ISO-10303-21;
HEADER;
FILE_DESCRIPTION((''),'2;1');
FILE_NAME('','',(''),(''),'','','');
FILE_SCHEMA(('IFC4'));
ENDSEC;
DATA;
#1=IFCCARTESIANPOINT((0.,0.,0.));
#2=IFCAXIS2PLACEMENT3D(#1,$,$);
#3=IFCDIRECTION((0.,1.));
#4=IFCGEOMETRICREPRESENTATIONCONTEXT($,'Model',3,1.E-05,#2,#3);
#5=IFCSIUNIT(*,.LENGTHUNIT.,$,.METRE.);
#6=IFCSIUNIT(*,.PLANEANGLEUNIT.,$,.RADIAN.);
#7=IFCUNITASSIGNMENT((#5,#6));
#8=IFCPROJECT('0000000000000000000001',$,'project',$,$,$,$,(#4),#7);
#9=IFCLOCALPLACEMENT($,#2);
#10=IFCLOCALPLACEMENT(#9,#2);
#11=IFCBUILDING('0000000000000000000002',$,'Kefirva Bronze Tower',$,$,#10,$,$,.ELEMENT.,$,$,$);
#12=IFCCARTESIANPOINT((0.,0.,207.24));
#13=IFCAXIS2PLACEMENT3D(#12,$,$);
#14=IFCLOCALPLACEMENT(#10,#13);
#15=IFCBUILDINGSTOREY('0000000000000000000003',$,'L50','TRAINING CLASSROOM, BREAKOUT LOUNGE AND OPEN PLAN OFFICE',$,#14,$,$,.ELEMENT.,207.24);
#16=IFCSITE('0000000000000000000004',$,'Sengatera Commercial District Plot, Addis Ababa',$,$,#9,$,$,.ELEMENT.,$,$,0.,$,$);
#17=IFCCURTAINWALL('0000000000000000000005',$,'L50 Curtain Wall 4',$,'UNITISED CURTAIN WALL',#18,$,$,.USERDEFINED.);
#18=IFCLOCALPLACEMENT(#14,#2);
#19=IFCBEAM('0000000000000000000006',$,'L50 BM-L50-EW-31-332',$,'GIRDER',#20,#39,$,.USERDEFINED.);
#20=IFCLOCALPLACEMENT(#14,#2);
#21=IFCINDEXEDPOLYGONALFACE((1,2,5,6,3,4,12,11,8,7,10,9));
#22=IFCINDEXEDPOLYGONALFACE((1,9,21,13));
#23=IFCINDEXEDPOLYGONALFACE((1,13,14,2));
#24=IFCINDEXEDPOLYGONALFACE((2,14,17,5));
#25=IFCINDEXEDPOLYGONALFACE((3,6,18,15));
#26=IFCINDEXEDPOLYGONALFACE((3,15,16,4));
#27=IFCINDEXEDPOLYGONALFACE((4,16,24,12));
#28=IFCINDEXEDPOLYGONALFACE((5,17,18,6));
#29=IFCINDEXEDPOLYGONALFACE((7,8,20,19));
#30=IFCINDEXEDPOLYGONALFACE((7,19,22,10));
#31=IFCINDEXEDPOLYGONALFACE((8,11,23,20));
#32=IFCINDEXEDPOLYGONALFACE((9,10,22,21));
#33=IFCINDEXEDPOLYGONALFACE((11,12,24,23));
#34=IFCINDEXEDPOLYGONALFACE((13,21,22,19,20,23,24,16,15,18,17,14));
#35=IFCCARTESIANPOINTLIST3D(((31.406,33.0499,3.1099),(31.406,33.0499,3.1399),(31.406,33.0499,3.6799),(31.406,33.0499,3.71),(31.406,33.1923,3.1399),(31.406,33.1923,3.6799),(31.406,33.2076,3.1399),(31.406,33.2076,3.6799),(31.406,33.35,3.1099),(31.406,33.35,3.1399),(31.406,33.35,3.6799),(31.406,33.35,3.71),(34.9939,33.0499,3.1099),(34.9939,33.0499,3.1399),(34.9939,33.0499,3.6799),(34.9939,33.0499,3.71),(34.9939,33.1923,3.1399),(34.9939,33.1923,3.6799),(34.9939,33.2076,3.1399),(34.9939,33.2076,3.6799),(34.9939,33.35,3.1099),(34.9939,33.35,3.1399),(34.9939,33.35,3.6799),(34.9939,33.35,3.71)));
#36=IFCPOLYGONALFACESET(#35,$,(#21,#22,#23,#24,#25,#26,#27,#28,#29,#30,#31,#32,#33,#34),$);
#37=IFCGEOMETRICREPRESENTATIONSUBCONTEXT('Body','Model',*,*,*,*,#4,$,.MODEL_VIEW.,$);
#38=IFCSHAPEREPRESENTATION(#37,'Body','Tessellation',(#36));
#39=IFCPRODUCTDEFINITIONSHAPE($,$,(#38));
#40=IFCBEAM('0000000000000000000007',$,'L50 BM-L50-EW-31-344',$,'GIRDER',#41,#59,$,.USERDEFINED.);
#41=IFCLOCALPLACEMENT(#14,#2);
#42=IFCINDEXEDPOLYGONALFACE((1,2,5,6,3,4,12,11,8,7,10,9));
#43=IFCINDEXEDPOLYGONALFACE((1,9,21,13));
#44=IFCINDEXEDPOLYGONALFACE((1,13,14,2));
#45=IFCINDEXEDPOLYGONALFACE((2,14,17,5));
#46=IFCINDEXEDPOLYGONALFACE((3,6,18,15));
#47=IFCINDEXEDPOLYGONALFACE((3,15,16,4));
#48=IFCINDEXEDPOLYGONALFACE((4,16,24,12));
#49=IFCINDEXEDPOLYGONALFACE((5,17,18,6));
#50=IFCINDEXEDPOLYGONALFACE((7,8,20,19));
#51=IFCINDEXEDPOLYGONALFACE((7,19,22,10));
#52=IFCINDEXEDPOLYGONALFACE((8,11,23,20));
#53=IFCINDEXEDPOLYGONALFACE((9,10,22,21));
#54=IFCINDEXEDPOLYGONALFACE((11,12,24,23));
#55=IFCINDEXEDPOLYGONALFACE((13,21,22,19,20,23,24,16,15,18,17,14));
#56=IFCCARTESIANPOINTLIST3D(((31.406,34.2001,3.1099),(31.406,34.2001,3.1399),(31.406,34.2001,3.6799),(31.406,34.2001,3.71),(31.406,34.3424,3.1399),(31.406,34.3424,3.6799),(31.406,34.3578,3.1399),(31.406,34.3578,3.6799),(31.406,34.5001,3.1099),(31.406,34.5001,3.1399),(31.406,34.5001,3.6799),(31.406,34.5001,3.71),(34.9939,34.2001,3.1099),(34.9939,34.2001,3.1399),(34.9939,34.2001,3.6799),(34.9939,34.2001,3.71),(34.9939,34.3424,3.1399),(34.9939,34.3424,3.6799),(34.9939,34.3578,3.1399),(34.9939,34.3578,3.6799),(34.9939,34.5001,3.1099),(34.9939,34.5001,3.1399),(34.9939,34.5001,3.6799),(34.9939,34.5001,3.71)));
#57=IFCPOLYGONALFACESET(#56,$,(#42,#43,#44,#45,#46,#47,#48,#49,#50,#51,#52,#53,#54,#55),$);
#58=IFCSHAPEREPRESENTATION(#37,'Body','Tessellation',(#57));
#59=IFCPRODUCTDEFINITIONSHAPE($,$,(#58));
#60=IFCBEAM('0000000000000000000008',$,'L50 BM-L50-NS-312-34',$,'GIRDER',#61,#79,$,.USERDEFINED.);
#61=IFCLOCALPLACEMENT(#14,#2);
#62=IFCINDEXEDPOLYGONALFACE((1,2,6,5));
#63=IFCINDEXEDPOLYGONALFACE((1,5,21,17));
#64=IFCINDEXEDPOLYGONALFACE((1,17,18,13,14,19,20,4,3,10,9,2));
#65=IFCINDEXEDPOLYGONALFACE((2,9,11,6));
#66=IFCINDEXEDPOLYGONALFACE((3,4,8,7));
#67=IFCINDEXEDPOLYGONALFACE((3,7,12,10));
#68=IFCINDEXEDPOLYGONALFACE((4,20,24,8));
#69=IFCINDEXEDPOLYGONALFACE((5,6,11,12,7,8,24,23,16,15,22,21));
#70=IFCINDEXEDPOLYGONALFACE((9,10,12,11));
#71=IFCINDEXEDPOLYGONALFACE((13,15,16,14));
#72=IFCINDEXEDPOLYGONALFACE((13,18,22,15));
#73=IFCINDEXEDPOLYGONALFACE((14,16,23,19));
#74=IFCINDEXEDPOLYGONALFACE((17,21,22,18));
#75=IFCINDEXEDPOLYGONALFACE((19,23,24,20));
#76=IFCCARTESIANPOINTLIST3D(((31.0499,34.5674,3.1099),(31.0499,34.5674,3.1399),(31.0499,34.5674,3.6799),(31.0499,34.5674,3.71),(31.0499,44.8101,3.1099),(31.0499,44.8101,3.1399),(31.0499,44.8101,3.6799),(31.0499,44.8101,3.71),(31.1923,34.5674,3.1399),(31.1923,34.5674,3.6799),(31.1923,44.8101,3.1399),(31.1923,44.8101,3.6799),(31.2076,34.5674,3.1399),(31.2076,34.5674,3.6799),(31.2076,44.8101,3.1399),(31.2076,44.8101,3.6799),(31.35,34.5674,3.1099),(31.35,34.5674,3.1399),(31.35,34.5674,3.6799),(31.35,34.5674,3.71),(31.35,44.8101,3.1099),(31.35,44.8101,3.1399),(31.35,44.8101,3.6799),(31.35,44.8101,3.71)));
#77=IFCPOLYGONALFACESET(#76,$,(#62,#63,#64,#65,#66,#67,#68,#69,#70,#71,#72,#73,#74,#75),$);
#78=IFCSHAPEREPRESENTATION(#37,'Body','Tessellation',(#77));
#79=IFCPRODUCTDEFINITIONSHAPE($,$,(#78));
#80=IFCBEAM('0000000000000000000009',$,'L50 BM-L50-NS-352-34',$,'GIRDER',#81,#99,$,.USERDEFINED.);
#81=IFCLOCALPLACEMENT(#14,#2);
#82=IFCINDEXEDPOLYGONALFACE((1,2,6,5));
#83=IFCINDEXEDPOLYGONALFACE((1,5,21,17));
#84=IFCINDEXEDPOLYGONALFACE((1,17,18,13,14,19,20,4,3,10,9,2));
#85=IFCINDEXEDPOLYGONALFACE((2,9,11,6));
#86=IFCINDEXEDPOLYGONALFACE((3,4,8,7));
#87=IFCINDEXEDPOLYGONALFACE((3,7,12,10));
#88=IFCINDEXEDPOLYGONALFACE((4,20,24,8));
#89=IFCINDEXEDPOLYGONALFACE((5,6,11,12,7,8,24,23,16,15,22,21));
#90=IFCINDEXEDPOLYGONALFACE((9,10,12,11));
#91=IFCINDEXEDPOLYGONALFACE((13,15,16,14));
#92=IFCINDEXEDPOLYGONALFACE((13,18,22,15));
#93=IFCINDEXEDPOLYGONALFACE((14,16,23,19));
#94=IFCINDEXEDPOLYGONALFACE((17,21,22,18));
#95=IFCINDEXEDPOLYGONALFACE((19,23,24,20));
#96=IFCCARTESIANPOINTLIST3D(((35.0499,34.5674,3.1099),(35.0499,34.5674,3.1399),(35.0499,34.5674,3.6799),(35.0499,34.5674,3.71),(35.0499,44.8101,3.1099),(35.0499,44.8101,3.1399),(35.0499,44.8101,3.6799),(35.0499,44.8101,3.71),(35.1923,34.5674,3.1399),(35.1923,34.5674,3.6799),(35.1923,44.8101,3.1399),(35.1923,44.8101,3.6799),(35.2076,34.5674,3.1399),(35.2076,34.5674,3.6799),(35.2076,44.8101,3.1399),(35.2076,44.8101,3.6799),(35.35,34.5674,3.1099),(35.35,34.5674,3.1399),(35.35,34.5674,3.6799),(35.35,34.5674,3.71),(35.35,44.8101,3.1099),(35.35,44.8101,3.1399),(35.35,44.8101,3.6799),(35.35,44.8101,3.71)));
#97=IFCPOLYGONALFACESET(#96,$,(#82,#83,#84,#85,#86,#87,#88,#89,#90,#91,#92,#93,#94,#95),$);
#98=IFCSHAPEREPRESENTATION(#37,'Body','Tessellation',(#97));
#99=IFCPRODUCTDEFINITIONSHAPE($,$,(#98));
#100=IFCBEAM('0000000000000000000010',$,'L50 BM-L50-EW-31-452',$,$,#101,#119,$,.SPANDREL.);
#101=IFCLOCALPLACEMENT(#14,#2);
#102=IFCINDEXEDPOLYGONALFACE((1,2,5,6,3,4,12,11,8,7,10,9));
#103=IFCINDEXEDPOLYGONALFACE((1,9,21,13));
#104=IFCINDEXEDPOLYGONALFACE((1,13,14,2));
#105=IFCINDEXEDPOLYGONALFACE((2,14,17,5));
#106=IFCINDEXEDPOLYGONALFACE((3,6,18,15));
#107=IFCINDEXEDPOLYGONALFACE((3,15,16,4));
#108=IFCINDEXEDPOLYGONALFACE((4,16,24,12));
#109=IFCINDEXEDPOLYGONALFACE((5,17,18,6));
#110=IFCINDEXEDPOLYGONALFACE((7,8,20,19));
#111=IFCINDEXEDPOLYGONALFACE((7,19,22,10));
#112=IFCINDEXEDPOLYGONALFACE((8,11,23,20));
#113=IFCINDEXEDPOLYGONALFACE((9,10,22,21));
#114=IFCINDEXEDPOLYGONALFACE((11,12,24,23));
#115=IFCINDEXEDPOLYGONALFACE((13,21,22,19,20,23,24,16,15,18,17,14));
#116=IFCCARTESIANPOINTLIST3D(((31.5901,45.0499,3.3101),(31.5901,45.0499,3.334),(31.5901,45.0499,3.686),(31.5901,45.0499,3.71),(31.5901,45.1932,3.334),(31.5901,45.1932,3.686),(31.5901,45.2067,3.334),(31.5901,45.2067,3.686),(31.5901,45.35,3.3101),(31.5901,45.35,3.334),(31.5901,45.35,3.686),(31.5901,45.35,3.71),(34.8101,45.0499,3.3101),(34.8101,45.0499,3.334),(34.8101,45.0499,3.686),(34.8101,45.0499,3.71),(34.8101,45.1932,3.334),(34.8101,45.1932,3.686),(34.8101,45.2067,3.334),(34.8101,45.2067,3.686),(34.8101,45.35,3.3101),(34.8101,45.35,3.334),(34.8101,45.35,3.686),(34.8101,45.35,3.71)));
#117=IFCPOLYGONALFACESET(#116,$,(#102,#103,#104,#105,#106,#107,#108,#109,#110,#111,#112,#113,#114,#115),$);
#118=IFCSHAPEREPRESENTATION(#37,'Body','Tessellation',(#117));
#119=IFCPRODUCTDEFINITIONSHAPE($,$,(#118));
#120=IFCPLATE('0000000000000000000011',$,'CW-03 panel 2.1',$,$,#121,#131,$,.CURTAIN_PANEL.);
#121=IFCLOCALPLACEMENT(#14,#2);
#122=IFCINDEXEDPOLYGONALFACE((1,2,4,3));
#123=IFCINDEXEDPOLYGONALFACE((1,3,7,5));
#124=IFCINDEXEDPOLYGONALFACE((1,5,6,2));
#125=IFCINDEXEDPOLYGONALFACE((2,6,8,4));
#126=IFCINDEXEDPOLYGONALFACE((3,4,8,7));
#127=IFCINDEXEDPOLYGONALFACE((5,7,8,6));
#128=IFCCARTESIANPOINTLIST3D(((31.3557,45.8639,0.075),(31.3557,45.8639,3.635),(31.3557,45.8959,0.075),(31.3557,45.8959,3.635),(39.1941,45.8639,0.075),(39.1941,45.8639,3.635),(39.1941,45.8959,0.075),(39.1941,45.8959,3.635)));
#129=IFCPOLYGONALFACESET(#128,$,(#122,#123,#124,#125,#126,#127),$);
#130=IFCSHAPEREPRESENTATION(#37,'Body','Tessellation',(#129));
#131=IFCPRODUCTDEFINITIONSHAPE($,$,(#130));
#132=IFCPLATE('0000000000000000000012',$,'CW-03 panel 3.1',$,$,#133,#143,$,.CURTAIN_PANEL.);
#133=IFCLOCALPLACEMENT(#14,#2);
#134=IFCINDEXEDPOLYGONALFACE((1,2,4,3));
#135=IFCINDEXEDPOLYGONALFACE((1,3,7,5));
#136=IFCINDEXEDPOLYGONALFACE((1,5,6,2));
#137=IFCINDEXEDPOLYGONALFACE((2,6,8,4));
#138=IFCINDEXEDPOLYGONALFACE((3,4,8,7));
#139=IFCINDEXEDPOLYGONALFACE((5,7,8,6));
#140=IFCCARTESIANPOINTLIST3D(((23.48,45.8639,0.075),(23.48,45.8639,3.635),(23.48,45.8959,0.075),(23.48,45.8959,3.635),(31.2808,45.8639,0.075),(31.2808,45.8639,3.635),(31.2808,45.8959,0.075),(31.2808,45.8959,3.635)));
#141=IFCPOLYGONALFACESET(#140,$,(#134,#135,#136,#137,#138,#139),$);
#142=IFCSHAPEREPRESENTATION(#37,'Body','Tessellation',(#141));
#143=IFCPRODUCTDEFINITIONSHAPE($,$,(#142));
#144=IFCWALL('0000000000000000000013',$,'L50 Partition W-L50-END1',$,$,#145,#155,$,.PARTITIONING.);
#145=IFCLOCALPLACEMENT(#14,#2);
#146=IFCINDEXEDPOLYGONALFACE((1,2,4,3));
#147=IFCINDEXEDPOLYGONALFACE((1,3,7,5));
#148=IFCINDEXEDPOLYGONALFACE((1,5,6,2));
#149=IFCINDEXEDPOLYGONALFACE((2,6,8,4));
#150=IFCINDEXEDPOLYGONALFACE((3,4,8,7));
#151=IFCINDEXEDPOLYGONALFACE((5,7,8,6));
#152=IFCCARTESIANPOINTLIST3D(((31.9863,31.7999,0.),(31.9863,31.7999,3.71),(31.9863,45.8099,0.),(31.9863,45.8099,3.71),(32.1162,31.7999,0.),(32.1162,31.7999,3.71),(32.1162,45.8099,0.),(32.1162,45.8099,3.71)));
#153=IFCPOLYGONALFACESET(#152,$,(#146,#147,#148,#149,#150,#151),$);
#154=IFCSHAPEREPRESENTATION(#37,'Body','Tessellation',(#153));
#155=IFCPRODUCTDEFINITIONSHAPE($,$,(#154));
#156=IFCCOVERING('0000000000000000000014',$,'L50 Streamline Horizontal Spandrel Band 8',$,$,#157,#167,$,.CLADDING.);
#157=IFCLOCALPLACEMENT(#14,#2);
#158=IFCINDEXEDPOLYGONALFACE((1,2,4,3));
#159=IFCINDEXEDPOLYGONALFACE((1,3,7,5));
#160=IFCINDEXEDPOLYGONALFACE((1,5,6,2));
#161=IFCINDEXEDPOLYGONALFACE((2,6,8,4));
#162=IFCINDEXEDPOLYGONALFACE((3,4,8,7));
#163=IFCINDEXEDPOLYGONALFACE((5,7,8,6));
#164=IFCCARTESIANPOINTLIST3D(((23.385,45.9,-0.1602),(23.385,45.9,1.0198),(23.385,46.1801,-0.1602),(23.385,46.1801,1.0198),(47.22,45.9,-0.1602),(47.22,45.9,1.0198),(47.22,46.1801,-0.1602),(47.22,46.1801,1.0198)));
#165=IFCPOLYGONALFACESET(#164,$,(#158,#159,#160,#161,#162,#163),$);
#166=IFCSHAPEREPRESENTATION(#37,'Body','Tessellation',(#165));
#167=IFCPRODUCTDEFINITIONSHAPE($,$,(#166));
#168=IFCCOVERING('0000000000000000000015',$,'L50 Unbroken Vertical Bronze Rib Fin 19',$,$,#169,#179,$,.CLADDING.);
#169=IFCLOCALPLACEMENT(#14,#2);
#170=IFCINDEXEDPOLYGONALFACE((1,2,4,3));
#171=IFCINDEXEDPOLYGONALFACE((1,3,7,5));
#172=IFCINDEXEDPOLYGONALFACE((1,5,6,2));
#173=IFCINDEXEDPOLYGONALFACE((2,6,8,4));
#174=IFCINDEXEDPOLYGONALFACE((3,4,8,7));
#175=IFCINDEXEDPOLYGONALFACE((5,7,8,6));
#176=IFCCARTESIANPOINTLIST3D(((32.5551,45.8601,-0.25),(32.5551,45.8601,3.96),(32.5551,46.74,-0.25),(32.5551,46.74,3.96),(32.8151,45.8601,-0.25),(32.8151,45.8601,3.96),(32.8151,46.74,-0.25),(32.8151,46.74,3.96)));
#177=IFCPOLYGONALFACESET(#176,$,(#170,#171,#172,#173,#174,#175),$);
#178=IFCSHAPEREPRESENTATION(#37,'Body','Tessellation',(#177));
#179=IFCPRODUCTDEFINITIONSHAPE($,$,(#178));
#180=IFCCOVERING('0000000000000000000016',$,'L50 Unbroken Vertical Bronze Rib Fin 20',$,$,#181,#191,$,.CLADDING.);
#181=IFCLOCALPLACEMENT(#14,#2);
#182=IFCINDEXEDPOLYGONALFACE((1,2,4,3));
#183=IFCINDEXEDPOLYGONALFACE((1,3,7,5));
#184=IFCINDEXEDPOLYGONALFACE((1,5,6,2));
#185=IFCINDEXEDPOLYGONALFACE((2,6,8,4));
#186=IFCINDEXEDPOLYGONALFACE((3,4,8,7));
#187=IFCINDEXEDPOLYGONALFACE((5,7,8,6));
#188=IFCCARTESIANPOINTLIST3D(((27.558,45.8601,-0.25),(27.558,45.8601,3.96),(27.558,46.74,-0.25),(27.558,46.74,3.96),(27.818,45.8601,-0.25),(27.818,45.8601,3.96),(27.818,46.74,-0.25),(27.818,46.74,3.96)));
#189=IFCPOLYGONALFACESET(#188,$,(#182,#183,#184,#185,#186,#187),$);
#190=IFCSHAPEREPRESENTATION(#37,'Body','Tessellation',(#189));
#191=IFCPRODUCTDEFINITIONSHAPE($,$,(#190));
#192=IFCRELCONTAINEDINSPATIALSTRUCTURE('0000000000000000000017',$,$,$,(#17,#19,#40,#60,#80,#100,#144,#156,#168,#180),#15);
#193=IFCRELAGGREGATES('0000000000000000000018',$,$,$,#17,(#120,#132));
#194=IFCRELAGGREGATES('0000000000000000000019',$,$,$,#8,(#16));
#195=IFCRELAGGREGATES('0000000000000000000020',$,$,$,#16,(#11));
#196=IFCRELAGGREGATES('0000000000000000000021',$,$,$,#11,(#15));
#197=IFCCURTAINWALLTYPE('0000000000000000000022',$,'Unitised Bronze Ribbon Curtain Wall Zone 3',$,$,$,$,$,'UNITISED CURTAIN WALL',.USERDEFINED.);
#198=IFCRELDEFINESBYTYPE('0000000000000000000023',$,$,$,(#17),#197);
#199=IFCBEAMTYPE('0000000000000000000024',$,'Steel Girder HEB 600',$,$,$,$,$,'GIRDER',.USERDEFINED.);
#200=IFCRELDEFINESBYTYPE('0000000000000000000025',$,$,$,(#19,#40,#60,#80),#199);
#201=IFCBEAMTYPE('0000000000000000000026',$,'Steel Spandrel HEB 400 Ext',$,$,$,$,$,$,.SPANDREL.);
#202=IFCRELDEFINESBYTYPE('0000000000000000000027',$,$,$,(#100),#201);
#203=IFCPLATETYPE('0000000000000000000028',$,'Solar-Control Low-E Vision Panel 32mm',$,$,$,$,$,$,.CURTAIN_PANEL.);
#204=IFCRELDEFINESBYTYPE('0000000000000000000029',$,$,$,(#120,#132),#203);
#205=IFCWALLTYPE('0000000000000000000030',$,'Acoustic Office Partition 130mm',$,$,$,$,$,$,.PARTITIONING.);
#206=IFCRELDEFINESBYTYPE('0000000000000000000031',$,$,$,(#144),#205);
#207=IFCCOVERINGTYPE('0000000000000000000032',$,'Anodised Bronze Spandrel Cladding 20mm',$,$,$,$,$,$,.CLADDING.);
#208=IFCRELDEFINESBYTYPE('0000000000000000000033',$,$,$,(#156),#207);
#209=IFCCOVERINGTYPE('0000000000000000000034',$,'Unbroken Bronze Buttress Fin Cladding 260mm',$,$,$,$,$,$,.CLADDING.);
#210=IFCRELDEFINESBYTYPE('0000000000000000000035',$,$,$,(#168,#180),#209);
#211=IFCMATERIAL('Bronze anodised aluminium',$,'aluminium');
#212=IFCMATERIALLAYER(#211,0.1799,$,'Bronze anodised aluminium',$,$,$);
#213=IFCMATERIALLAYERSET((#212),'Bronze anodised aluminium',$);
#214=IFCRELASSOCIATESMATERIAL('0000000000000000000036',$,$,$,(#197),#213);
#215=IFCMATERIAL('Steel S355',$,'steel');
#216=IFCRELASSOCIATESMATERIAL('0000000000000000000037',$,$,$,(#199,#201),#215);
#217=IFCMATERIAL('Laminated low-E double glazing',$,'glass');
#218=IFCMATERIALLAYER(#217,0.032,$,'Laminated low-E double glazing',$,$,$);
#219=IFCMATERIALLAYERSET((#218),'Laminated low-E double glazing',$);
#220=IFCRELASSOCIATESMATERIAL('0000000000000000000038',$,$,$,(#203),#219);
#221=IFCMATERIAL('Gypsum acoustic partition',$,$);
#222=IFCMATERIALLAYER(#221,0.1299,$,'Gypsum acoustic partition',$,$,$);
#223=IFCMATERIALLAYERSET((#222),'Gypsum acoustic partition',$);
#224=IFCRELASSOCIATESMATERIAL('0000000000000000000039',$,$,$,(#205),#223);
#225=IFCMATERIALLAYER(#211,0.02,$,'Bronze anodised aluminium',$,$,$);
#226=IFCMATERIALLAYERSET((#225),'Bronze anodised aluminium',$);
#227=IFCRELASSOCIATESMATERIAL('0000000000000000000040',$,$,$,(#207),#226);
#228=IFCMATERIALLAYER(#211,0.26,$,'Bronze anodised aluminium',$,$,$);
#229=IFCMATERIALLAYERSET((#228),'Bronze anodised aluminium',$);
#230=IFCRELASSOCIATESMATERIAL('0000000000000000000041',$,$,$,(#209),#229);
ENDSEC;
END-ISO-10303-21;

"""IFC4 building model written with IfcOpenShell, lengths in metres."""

from ifc_helpers import new_model, si_unit, direction, frame, frame_2d, origin, origin_2d, place, context, subcontext, project, spatial, rectangle, i_section, extrude, material, layer, layer_set, material_profile, profile_set, type_object, element, aggregate, save


model = new_model("IFC4")

# Units and contexts
model_context = context("Model", 3, precision=1e-05, world=origin(), true_north=direction((0.0, 1.0)))
body_context = subcontext(model_context, "Body", "Model", "MODEL_VIEW")
ifc_project = project(units=[si_unit("LENGTHUNIT", "METRE"), si_unit("PLANEANGLEUNIT", "RADIAN")], contexts=[model_context])

# Site, building, storey
site_placement = place(None, origin())
site = spatial("IfcSite", under=ifc_project, at=site_placement, Name="Sengatera Commercial District Plot, Addis Ababa", CompositionType="ELEMENT", RefElevation=0.0)
building_placement = place(site_placement, origin())
building = spatial("IfcBuilding", under=site, at=building_placement, Name="Kefirva Bronze Tower", CompositionType="ELEMENT")
storey_placement = place(building_placement, frame((0.0, 0.0, 207.24)))
storey = spatial("IfcBuildingStorey", under=building, at=storey_placement, Name="L50", Description="TRAINING CLASSROOM, BREAKOUT LOUNGE AND OPEN PLAN OFFICE", CompositionType="ELEMENT", Elevation=207.24)

# Curtain wall
ifc_material_1 = material(Name="Bronze anodised aluminium", Category="aluminium")
ifc_layer_1 = layer(ifc_material_1, 0.1799, Name="Bronze anodised aluminium")
ifc_layer_set_1 = layer_set([ifc_layer_1], Name="Bronze anodised aluminium")
curtain_wall_type = type_object("IfcCurtainWallType", Name="Unitised Bronze Ribbon Curtain Wall Zone 3", ElementType="UNITISED CURTAIN WALL", PredefinedType="USERDEFINED", material=ifc_layer_set_1)
curtain_wall_placement = place(storey_placement, origin())
curtain_wall = element("IfcCurtainWall", 1, at=curtain_wall_placement, inside=storey, type_object=curtain_wall_type, Name="L50 Curtain Wall 4", ObjectType="UNITISED CURTAIN WALL", PredefinedType="USERDEFINED")

# Beams
ifc_material_2 = material(Name="Steel S355", Category="steel")
ifc_material_profile_1 = material_profile(ifc_material_2, i_section(OverallWidth=0.3, OverallDepth=0.6001, WebThickness=0.0154, FlangeThickness=0.03, at=origin_2d()), Name="HEB 600")
ifc_profile_set_1 = profile_set([ifc_material_profile_1], Name="Steel S355")
beam_type_1 = type_object("IfcBeamType", Name="Steel Girder HEB 600", ElementType="GIRDER", PredefinedType="USERDEFINED", material=ifc_profile_set_1)
for number, where, z_axis, x_axis, name in (
    (2, (31.406, 33.2, 3.4099), (1.0, 0.0, 0.0), (0.0, 1.0, 0.0), "L50 BM-L50-EW-31-332"),
    (3, (31.406, 34.3501, 3.4099), (1.0, 0.0, 0.0), (0.0, 1.0, 0.0), "L50 BM-L50-EW-31-344"),
):
    element("IfcBeam", number, at=place(storey_placement, frame(where, z_axis=z_axis, x_axis=x_axis)), inside=storey, type_object=beam_type_1, Name=name, ObjectType="GIRDER", PredefinedType="USERDEFINED", context=body_context, shape_type="SweptSolid", body=[
        extrude(i_section(OverallWidth=0.3, OverallDepth=0.6001, WebThickness=0.0154, FlangeThickness=0.03, at=origin_2d()), origin(), (0.0, 0.0, 1.0), 3.5879),
    ])
for number, where, z_axis, x_axis, name in (
    (4, (31.2, 34.5674, 3.4099), (0.0, 1.0, 0.0), (-1.0, 0.0, 0.0), "L50 BM-L50-NS-312-34"),
    (5, (35.2, 34.5674, 3.4099), (0.0, 1.0, 0.0), (-1.0, 0.0, 0.0), "L50 BM-L50-NS-352-34"),
):
    element("IfcBeam", number, at=place(storey_placement, frame(where, z_axis=z_axis, x_axis=x_axis)), inside=storey, type_object=beam_type_1, Name=name, ObjectType="GIRDER", PredefinedType="USERDEFINED", context=body_context, shape_type="SweptSolid", body=[
        extrude(i_section(OverallWidth=0.3, OverallDepth=0.6001, WebThickness=0.0154, FlangeThickness=0.03, at=origin_2d()), origin(), (0.0, 0.0, 1.0), 10.2427),
    ])
ifc_material_profile_2 = material_profile(ifc_material_2, i_section(OverallWidth=0.3, OverallDepth=0.3999, WebThickness=0.0134, FlangeThickness=0.0239, at=origin_2d()), Name="HEB 400")
ifc_profile_set_2 = profile_set([ifc_material_profile_2], Name="Steel S355")
beam_type_2 = type_object("IfcBeamType", Name="Steel Spandrel HEB 400 Ext", PredefinedType="SPANDREL", material=ifc_profile_set_2)
beam_placement = place(storey_placement, frame((31.5901, 45.2, 3.51), z_axis=(1.0, 0.0, 0.0), x_axis=(0.0, 1.0, 0.0)))
element("IfcBeam", 6, at=beam_placement, inside=storey, type_object=beam_type_2, Name="L50 BM-L50-EW-31-452", PredefinedType="SPANDREL", context=body_context, shape_type="SweptSolid", body=[
    extrude(i_section(OverallWidth=0.3, OverallDepth=0.3999, WebThickness=0.0134, FlangeThickness=0.0239, at=origin_2d()), origin(), (0.0, 0.0, 1.0), 3.22),
])

# Plates
ifc_material_3 = material(Name="Laminated low-E double glazing", Category="glass")
ifc_layer_2 = layer(ifc_material_3, 0.032, Name="Laminated low-E double glazing")
ifc_layer_set_2 = layer_set([ifc_layer_2], Name="Laminated low-E double glazing")
plate_type = type_object("IfcPlateType", Name="Solar-Control Low-E Vision Panel 32mm", PredefinedType="CURTAIN_PANEL", material=ifc_layer_set_2)
plate_1_placement = place(storey_placement, frame((35.2749, 45.8799, 0.075), z_axis=(0.0, 0.0, 1.0), x_axis=(-1.0, 0.0, 0.0)))
plate_1 = element("IfcPlate", 7, at=plate_1_placement, type_object=plate_type, Name="CW-03 panel 2.1", PredefinedType="CURTAIN_PANEL", context=body_context, shape_type="SweptSolid", body=[
    extrude(rectangle(XDim=7.8384, YDim=0.032, at=origin_2d()), origin(), (0.0, 0.0, 1.0), 3.5601),
])
plate_2_placement = place(storey_placement, frame((27.3804, 45.8799, 0.075), z_axis=(0.0, 0.0, 1.0), x_axis=(-1.0, 0.0, 0.0)))
plate_2 = element("IfcPlate", 8, at=plate_2_placement, type_object=plate_type, Name="CW-03 panel 3.1", PredefinedType="CURTAIN_PANEL", context=body_context, shape_type="SweptSolid", body=[
    extrude(rectangle(XDim=7.8008, YDim=0.032, at=origin_2d()), origin(), (0.0, 0.0, 1.0), 3.5601),
])
aggregate(curtain_wall, [plate_1, plate_2])

# Wall
ifc_material_4 = material(Name="Gypsum acoustic partition")
ifc_layer_3 = layer(ifc_material_4, 0.1299, Name="Gypsum acoustic partition")
ifc_layer_set_3 = layer_set([ifc_layer_3], Name="Gypsum acoustic partition")
wall_type = type_object("IfcWallType", Name="Acoustic Office Partition 130mm", PredefinedType="PARTITIONING", material=ifc_layer_set_3)
wall_placement = place(storey_placement, frame((32.0513, 31.8, 0.0), z_axis=(0.0, 0.0, 1.0), x_axis=(0.0, 1.0, 0.0)))
element("IfcWall", 9, at=wall_placement, inside=storey, type_object=wall_type, Name="L50 Partition W-L50-END1", PredefinedType="PARTITIONING", context=body_context, shape_type="SweptSolid", body=[
    extrude(rectangle(XDim=14.01, YDim=0.1299, at=frame_2d((7.0049, 0.0))), origin(), (0.0, 0.0, 1.0), 3.71),
])

# Coverings
ifc_layer_4 = layer(ifc_material_1, 0.02, Name="Bronze anodised aluminium")
ifc_layer_set_4 = layer_set([ifc_layer_4], Name="Bronze anodised aluminium")
covering_type_1 = type_object("IfcCoveringType", Name="Anodised Bronze Spandrel Cladding 20mm", PredefinedType="CLADDING", material=ifc_layer_set_4)
covering_placement = place(storey_placement, frame((35.3025, 46.04, -0.1602), z_axis=(0.0, 0.0, 1.0), x_axis=(-1.0, 0.0, 0.0)))
element("IfcCovering", 10, at=covering_placement, inside=storey, type_object=covering_type_1, Name="L50 Streamline Horizontal Spandrel Band 8", PredefinedType="CLADDING", context=body_context, shape_type="SweptSolid", body=[
    extrude(rectangle(XDim=23.835, YDim=0.28, at=origin_2d()), origin(), (0.0, 0.0, 1.0), 1.1799),
])
ifc_layer_5 = layer(ifc_material_1, 0.26, Name="Bronze anodised aluminium")
ifc_layer_set_5 = layer_set([ifc_layer_5], Name="Bronze anodised aluminium")
covering_type_2 = type_object("IfcCoveringType", Name="Unbroken Bronze Buttress Fin Cladding 260mm", PredefinedType="CLADDING", material=ifc_layer_set_5)
for number, where, z_axis, x_axis, name in (
    (11, (32.6851, 46.3, -0.25), (0.0, 0.0, 1.0), (-1.0, 0.0, 0.0), "L50 Unbroken Vertical Bronze Rib Fin 19"),
    (12, (27.688, 46.3, -0.25), (0.0, 0.0, 1.0), (-1.0, 0.0, 0.0), "L50 Unbroken Vertical Bronze Rib Fin 20"),
):
    element("IfcCovering", number, at=place(storey_placement, frame(where, z_axis=z_axis, x_axis=x_axis)), inside=storey, type_object=covering_type_2, Name=name, PredefinedType="CLADDING", context=body_context, shape_type="SweptSolid", body=[
        extrude(rectangle(XDim=0.26, YDim=0.8799, at=origin_2d()), origin(), (0.0, 0.0, 1.0), 4.21),
    ])

save(model, "model.ifc")
